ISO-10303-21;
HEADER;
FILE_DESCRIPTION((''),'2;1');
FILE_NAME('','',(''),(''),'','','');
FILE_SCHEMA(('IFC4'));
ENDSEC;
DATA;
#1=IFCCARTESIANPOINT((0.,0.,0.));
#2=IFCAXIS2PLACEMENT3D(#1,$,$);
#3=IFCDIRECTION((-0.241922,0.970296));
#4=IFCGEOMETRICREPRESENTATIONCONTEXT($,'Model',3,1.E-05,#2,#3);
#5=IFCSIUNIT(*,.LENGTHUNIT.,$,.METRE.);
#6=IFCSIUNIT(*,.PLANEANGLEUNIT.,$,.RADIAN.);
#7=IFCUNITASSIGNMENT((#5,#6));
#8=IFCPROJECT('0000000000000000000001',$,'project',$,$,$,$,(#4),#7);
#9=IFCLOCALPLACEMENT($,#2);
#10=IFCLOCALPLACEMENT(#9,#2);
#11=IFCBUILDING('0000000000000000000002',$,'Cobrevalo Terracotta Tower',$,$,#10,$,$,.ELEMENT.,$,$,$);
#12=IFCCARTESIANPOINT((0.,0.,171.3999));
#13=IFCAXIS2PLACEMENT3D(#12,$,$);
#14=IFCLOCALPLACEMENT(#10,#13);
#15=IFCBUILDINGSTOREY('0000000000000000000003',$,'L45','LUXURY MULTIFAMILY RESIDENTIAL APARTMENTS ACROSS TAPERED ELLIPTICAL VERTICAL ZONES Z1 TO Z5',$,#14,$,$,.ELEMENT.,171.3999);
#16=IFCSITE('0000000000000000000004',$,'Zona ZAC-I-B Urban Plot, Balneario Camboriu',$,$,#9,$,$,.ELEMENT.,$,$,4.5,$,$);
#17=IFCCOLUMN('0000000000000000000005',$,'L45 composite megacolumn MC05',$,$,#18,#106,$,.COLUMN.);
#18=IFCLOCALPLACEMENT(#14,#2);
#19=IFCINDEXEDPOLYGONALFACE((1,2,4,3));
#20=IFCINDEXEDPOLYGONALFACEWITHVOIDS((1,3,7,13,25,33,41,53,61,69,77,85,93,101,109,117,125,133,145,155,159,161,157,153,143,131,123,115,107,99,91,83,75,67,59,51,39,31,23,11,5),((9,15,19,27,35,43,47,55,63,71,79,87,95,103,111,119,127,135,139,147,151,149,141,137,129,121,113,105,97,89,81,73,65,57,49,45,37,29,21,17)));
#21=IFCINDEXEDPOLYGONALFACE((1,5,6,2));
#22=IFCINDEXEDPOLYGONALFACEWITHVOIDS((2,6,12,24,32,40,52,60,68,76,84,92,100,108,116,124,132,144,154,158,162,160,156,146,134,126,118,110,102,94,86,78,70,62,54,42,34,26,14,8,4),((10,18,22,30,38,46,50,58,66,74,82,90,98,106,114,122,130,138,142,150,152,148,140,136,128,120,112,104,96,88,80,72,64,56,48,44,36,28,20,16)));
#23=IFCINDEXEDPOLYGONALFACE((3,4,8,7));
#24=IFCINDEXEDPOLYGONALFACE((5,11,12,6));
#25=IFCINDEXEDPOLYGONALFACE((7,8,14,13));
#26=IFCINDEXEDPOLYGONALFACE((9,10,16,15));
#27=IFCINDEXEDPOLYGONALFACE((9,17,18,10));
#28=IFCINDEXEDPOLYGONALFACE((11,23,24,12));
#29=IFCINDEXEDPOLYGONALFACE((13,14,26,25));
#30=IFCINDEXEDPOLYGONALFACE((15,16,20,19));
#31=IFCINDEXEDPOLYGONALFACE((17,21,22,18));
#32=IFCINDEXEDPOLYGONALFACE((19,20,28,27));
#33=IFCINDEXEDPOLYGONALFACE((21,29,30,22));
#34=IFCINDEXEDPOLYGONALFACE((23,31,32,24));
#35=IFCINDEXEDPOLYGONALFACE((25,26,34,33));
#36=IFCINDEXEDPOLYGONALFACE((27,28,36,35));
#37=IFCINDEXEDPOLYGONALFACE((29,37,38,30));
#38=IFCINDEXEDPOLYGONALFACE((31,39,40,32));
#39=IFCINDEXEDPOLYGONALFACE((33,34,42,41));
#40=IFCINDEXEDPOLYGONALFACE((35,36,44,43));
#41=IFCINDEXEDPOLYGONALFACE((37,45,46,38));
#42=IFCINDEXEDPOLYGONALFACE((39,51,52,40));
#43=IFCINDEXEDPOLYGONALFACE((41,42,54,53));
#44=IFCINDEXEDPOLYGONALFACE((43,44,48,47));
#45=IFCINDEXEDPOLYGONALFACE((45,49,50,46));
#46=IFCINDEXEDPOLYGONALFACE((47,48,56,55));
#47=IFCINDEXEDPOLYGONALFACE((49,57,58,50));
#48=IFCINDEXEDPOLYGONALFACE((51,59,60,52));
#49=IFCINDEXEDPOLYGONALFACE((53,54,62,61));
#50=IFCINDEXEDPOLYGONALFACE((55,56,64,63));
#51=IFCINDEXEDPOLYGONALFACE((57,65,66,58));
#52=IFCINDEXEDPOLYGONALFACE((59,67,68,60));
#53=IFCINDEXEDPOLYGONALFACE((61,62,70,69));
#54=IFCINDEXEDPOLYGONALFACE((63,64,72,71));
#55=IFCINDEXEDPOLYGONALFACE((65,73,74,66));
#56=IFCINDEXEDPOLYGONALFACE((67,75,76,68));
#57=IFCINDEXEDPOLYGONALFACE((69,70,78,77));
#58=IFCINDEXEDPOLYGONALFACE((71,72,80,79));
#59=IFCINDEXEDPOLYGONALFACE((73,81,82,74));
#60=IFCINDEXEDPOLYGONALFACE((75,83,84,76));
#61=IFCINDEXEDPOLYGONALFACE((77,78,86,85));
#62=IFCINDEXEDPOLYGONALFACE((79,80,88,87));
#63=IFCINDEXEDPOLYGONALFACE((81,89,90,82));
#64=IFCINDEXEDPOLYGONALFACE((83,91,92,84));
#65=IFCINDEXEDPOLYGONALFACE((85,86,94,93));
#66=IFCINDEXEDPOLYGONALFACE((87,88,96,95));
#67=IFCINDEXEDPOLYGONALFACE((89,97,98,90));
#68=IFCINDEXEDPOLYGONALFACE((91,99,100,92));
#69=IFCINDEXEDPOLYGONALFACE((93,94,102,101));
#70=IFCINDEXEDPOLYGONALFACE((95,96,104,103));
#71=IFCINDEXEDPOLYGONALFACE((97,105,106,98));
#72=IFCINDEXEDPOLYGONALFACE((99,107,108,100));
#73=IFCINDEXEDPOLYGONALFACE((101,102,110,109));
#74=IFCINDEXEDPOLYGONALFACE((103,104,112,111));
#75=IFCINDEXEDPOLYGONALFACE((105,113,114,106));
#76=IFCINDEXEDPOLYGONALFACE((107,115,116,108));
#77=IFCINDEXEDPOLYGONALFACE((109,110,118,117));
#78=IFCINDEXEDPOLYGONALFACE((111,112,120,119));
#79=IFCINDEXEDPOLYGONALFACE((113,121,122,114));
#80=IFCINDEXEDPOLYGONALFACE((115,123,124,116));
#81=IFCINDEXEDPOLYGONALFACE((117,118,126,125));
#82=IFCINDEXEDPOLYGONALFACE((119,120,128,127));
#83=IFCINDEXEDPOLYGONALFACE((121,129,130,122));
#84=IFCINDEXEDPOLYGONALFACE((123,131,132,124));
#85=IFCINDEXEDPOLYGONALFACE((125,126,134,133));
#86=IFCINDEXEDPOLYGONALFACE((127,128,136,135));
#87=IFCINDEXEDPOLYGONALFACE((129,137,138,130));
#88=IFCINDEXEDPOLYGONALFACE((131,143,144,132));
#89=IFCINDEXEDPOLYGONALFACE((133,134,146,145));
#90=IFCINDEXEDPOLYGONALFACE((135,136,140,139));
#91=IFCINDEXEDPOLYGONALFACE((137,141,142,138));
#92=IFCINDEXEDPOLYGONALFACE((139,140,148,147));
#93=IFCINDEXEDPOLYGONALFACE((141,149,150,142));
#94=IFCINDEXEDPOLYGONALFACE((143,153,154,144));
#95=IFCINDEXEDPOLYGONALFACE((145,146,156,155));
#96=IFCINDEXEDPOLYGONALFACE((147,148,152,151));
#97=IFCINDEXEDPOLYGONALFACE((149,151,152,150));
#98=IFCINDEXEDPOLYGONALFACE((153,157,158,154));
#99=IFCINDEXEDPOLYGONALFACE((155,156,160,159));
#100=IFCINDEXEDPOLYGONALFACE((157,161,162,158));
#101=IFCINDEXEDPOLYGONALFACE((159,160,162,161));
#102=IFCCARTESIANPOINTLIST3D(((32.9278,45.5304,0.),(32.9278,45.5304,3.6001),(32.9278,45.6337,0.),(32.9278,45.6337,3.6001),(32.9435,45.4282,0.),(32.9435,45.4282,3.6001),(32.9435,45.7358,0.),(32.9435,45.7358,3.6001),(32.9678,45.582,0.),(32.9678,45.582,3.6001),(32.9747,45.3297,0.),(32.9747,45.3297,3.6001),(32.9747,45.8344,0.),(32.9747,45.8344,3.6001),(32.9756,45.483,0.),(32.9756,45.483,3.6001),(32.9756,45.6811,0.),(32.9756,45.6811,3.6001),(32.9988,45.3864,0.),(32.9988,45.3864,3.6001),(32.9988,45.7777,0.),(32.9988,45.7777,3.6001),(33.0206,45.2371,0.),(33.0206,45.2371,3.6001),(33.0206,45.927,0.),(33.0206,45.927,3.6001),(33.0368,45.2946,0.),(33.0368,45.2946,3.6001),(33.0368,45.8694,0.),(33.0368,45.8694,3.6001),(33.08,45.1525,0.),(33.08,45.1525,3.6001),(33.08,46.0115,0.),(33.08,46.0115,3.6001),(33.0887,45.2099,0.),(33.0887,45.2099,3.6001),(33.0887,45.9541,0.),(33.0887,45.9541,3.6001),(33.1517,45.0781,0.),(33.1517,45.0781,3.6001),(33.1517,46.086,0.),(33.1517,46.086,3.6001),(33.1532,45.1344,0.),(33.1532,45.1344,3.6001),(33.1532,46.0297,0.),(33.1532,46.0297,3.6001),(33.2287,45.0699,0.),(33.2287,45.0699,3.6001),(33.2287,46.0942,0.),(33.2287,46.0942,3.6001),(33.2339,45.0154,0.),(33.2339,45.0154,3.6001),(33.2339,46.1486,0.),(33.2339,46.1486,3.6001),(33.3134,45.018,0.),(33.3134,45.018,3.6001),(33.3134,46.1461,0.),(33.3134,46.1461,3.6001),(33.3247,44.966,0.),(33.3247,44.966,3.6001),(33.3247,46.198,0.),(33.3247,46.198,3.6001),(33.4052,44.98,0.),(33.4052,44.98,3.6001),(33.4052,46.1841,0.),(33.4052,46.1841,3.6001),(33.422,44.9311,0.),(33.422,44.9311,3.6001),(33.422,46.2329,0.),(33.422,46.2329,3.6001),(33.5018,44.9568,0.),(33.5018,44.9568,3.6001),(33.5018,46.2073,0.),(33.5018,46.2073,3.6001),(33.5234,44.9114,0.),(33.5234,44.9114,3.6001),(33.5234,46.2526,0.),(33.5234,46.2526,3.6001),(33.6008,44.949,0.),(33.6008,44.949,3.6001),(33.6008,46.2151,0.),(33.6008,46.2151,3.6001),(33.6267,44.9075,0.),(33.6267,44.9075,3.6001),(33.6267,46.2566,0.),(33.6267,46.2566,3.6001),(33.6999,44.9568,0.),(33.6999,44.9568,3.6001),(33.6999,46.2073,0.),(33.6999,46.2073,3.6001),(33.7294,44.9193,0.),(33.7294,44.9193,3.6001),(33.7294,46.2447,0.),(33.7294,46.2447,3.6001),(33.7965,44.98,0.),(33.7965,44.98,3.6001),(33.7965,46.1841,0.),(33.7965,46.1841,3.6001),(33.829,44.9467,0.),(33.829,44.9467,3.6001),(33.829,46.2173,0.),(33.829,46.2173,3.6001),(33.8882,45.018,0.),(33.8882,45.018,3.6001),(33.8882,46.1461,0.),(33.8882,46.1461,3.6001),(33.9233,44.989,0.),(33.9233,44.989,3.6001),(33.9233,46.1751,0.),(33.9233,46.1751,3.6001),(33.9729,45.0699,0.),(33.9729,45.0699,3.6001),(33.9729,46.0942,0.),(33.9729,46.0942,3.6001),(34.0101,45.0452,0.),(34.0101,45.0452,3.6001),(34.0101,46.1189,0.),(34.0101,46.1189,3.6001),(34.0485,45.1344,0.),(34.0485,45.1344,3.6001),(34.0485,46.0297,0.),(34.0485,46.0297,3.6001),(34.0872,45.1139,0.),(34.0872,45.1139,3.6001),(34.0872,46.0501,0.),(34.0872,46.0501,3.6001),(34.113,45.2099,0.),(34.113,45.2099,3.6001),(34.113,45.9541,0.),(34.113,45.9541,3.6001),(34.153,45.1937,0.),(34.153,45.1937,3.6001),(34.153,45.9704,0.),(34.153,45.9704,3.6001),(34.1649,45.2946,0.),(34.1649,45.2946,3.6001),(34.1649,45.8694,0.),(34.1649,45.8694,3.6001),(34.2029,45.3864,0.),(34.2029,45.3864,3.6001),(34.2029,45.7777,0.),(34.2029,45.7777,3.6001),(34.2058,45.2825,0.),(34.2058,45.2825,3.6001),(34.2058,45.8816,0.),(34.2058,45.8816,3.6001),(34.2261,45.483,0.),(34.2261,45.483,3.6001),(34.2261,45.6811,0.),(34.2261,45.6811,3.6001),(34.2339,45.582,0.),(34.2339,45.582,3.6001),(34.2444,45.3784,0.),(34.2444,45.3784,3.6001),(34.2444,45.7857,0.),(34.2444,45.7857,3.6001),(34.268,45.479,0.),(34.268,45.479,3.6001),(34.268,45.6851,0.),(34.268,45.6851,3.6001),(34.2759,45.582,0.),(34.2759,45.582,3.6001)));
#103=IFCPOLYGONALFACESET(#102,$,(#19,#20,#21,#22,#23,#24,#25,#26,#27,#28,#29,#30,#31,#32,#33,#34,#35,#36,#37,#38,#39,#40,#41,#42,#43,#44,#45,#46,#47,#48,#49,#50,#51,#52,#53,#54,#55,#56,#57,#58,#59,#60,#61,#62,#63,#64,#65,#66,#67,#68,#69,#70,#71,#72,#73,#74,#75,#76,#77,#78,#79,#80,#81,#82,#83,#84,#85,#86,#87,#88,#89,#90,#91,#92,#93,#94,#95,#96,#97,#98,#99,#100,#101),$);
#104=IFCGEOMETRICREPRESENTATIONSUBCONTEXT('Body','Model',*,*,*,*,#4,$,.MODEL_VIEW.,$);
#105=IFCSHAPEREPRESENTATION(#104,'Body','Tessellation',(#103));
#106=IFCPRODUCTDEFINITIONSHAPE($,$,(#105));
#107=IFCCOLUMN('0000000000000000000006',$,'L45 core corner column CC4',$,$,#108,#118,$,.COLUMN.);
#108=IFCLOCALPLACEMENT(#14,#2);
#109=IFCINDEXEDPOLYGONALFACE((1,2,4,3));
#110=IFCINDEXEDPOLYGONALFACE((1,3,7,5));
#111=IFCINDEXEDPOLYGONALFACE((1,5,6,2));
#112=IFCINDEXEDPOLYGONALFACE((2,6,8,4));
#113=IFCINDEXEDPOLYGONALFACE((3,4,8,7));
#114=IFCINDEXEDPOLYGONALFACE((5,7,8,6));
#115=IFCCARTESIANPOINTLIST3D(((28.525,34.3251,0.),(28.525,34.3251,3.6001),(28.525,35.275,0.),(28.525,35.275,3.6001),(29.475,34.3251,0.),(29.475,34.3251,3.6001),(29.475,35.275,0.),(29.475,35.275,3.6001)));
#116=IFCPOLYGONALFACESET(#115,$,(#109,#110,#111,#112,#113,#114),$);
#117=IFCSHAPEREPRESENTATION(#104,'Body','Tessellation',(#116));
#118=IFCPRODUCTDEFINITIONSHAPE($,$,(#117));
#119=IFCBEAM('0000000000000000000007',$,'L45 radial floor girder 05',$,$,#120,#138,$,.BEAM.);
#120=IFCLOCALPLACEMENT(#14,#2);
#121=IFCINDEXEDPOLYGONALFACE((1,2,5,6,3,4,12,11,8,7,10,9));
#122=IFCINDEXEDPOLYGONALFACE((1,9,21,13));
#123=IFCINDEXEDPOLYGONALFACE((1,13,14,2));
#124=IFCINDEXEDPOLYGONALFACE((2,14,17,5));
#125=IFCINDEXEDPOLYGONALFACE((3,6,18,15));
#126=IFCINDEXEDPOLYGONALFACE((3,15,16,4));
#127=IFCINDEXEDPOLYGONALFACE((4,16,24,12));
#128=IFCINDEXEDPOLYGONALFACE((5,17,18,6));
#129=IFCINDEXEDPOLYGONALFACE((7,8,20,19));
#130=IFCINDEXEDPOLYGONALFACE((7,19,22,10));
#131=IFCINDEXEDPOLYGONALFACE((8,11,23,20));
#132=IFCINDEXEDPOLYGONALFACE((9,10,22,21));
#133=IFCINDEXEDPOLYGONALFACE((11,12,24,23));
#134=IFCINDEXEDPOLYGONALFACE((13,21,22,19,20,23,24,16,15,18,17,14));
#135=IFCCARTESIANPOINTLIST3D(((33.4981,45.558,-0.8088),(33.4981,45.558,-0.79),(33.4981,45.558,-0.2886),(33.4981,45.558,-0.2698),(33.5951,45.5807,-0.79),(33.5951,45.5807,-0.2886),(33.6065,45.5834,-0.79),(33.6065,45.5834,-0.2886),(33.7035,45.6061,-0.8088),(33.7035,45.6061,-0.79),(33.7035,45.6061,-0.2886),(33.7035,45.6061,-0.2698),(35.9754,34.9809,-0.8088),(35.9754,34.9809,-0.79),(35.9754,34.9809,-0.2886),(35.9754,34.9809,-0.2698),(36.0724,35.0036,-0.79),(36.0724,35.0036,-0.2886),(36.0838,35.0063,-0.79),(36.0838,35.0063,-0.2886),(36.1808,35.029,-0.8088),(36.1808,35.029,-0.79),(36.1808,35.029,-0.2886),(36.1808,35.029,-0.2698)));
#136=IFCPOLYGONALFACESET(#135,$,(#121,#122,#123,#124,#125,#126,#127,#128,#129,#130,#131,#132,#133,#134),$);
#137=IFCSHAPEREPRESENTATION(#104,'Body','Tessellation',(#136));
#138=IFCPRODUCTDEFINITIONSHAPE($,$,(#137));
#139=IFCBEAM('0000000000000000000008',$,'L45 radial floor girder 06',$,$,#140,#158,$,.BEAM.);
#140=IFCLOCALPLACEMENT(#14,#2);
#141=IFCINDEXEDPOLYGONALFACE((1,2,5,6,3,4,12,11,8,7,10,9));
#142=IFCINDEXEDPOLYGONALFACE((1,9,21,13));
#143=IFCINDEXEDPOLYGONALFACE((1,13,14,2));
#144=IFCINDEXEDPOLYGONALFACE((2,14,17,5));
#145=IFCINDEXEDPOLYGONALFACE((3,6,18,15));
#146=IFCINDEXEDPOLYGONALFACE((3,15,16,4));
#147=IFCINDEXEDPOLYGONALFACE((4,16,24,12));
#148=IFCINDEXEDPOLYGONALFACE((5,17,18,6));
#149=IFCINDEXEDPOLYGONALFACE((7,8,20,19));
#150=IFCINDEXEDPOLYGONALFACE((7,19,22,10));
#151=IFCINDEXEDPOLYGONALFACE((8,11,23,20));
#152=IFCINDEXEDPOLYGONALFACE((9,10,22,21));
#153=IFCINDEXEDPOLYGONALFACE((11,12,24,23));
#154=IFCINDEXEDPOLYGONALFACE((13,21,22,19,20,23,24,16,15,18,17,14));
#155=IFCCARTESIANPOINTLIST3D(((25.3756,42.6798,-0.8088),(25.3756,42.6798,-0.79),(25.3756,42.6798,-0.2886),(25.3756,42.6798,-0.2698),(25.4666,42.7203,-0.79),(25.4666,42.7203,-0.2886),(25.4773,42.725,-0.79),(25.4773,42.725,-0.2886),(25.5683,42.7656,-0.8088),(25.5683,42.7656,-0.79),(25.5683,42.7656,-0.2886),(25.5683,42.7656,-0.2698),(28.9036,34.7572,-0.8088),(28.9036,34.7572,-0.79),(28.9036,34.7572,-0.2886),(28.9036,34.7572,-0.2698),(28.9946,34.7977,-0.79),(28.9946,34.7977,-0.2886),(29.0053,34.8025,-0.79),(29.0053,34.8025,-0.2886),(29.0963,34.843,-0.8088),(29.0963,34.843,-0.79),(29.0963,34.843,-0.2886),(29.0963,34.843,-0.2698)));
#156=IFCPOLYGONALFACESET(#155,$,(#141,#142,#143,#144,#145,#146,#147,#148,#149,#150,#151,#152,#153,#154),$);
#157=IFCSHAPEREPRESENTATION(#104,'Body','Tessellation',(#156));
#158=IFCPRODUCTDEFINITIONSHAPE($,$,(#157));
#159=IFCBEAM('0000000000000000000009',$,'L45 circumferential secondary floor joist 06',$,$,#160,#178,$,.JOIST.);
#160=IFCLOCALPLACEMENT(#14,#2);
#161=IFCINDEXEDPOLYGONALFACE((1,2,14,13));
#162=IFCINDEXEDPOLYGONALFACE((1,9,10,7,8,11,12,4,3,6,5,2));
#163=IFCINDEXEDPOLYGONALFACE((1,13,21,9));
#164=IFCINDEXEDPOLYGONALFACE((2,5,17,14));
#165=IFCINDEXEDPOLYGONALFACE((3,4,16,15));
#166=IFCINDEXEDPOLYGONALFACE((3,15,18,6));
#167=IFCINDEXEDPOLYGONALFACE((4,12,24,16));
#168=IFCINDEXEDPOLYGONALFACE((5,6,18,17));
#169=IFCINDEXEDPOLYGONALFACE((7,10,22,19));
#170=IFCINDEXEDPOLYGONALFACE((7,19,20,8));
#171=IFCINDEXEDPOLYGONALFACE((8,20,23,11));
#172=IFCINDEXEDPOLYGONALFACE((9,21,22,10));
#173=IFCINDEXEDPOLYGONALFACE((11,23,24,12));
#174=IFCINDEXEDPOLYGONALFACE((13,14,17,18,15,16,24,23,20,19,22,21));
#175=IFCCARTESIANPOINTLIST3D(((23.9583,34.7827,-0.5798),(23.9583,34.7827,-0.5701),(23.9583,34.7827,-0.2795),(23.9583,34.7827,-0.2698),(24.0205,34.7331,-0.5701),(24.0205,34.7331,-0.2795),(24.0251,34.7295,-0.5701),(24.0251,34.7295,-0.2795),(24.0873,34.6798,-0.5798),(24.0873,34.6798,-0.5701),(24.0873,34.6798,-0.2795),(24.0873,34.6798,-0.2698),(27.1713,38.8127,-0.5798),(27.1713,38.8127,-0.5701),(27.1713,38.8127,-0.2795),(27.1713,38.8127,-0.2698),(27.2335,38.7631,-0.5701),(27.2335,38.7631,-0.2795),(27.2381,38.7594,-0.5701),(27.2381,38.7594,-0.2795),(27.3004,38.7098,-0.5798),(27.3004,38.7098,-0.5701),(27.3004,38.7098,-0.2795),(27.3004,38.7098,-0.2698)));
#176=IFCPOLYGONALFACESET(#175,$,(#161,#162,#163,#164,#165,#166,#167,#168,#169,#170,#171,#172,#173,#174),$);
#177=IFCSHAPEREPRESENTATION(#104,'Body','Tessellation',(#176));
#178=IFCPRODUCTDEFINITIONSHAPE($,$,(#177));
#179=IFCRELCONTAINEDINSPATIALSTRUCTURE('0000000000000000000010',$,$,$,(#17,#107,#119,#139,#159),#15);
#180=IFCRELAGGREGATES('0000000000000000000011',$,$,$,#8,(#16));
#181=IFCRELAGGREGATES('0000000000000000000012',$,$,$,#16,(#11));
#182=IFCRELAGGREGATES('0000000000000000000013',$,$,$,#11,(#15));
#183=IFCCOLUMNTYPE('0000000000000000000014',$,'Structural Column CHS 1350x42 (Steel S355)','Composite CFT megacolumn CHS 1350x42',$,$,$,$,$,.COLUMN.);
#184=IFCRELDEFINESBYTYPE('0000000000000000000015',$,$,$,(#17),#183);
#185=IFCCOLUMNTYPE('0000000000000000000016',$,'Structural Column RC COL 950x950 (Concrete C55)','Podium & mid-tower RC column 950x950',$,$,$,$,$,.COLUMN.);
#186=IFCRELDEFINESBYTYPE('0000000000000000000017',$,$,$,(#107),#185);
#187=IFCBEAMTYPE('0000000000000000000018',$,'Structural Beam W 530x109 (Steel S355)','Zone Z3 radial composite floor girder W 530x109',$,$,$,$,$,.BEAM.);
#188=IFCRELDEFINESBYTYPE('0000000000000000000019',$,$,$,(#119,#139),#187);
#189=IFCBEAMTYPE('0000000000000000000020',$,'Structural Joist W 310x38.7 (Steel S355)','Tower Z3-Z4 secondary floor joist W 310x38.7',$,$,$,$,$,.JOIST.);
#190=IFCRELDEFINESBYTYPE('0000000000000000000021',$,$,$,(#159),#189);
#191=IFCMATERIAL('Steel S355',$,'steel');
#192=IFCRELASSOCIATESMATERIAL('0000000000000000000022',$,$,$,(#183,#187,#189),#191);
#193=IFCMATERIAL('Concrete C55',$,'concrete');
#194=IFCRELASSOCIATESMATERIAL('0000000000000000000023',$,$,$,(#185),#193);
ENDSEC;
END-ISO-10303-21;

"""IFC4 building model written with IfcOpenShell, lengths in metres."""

from ifc_helpers import new_model, si_unit, direction, frame, origin, origin_2d, place, context, subcontext, project, spatial, rectangle, hollow_circle, i_section, extrude, material, material_profile, profile_set, type_object, element, save


model = new_model("IFC4")

# Units and contexts
model_context = context("Model", 3, precision=1e-05, world=origin(), true_north=direction((-0.241922, 0.970296)))
body_context = subcontext(model_context, "Body", "Model", "MODEL_VIEW")
ifc_project = project(units=[si_unit("LENGTHUNIT", "METRE"), si_unit("PLANEANGLEUNIT", "RADIAN")], contexts=[model_context])

# Site, building, storey
site_placement = place(None, origin())
site = spatial("IfcSite", under=ifc_project, at=site_placement, Name="Zona ZAC-I-B Urban Plot, Balneario Camboriu", CompositionType="ELEMENT", RefElevation=4.5)
building_placement = place(site_placement, origin())
building = spatial("IfcBuilding", under=site, at=building_placement, Name="Cobrevalo Terracotta Tower", CompositionType="ELEMENT")
storey_placement = place(building_placement, frame((0.0, 0.0, 171.3999)))
storey = spatial("IfcBuildingStorey", under=building, at=storey_placement, Name="L45", Description="LUXURY MULTIFAMILY RESIDENTIAL APARTMENTS ACROSS TAPERED ELLIPTICAL VERTICAL ZONES Z1 TO Z5", CompositionType="ELEMENT", Elevation=171.3999)

# Columns
ifc_material_1 = material(Name="Steel S355", Category="steel")
ifc_material_profile_1 = material_profile(ifc_material_1, hollow_circle(Radius=0.675, WallThickness=0.042, at=origin_2d()), Name="CHS 1350x42")
ifc_profile_set_1 = profile_set([ifc_material_profile_1], Name="Steel S355")
column_type_1 = type_object("IfcColumnType", Name="Structural Column CHS 1350x42 (Steel S355)", Description="Composite CFT megacolumn CHS 1350x42", PredefinedType="COLUMN", material=ifc_profile_set_1)
column_1_placement = place(storey_placement, frame((33.6008, 45.582, 0.0), z_axis=(0.0, 0.0, 1.0), x_axis=(1.0, 0.0, 0.0)))
element("IfcColumn", 1, at=column_1_placement, inside=storey, type_object=column_type_1, Name="L45 composite megacolumn MC05", PredefinedType="COLUMN", context=body_context, shape_type="SweptSolid", body=[
    extrude(hollow_circle(Radius=0.675, WallThickness=0.042, at=origin_2d()), origin(), (0.0, 0.0, 1.0), 3.6001),
])
ifc_material_2 = material(Name="Concrete C55", Category="concrete")
ifc_material_profile_2 = material_profile(ifc_material_2, rectangle(XDim=0.95, YDim=0.95, at=origin_2d()), Name="RC COL 950x950")
ifc_profile_set_2 = profile_set([ifc_material_profile_2], Name="Concrete C55")
column_type_2 = type_object("IfcColumnType", Name="Structural Column RC COL 950x950 (Concrete C55)", Description="Podium & mid-tower RC column 950x950", PredefinedType="COLUMN", material=ifc_profile_set_2)
column_2_placement = place(storey_placement, frame((29.0, 34.8, 0.0), z_axis=(0.0, 0.0, 1.0), x_axis=(1.0, 0.0, 0.0)))
element("IfcColumn", 2, at=column_2_placement, inside=storey, type_object=column_type_2, Name="L45 core corner column CC4", PredefinedType="COLUMN", context=body_context, shape_type="SweptSolid", body=[
    extrude(rectangle(XDim=0.95, YDim=0.95, at=origin_2d()), origin(), (0.0, 0.0, 1.0), 3.6001),
])

# Beams
ifc_material_profile_3 = material_profile(ifc_material_1, i_section(OverallWidth=0.2109, OverallDepth=0.5391, WebThickness=0.0117, FlangeThickness=0.0188, at=origin_2d()), Name="W 530x109")
ifc_profile_set_3 = profile_set([ifc_material_profile_3], Name="Steel S355")
beam_type_1 = type_object("IfcBeamType", Name="Structural Beam W 530x109 (Steel S355)", Description="Zone Z3 radial composite floor girder W 530x109", PredefinedType="BEAM", material=ifc_profile_set_3)
beam_1_placement = place(storey_placement, frame((33.6008, 45.582, -0.5393), z_axis=(0.228041, -0.973652, 0.0), x_axis=(0.973652, 0.228041, 0.0)))
element("IfcBeam", 3, at=beam_1_placement, inside=storey, type_object=beam_type_1, Name="L45 radial floor girder 05", PredefinedType="BEAM", context=body_context, shape_type="SweptSolid", body=[
    extrude(i_section(OverallWidth=0.2109, OverallDepth=0.5391, WebThickness=0.0117, FlangeThickness=0.0188, at=origin_2d()), origin(), (0.0, 0.0, 1.0), 10.8633),
])
beam_2_placement = place(storey_placement, frame((25.4719, 42.7227, -0.5393), z_axis=(0.406804, -0.913515, 0.0), x_axis=(0.913515, 0.406804, 0.0)))
element("IfcBeam", 4, at=beam_2_placement, inside=storey, type_object=beam_type_1, Name="L45 radial floor girder 06", PredefinedType="BEAM", context=body_context, shape_type="SweptSolid", body=[
    extrude(i_section(OverallWidth=0.2109, OverallDepth=0.5391, WebThickness=0.0117, FlangeThickness=0.0188, at=origin_2d()), origin(), (0.0, 0.0, 1.0), 8.6726),
])
ifc_material_profile_4 = material_profile(ifc_material_1, i_section(OverallWidth=0.165, OverallDepth=0.3101, WebThickness=0.0059, FlangeThickness=0.0098, at=origin_2d()), Name="W 310x38.7")
ifc_profile_set_4 = profile_set([ifc_material_profile_4], Name="Steel S355")
beam_type_2 = type_object("IfcBeamType", Name="Structural Joist W 310x38.7 (Steel S355)", Description="Tower Z3-Z4 secondary floor joist W 310x38.7", PredefinedType="JOIST", material=ifc_profile_set_4)
beam_3_placement = place(storey_placement, frame((27.2358, 38.7612, -0.4248), z_axis=(-0.623406, -0.781898, 0.0), x_axis=(0.781898, -0.623406, 0.0)))
element("IfcBeam", 5, at=beam_3_placement, inside=storey, type_object=beam_type_2, Name="L45 circumferential secondary floor joist 06", PredefinedType="JOIST", context=body_context, shape_type="SweptSolid", body=[
    extrude(i_section(OverallWidth=0.165, OverallDepth=0.3101, WebThickness=0.0059, FlangeThickness=0.0098, at=origin_2d()), origin(), (0.0, 0.0, 1.0), 5.1541),
])

save(model, "model.ifc")
